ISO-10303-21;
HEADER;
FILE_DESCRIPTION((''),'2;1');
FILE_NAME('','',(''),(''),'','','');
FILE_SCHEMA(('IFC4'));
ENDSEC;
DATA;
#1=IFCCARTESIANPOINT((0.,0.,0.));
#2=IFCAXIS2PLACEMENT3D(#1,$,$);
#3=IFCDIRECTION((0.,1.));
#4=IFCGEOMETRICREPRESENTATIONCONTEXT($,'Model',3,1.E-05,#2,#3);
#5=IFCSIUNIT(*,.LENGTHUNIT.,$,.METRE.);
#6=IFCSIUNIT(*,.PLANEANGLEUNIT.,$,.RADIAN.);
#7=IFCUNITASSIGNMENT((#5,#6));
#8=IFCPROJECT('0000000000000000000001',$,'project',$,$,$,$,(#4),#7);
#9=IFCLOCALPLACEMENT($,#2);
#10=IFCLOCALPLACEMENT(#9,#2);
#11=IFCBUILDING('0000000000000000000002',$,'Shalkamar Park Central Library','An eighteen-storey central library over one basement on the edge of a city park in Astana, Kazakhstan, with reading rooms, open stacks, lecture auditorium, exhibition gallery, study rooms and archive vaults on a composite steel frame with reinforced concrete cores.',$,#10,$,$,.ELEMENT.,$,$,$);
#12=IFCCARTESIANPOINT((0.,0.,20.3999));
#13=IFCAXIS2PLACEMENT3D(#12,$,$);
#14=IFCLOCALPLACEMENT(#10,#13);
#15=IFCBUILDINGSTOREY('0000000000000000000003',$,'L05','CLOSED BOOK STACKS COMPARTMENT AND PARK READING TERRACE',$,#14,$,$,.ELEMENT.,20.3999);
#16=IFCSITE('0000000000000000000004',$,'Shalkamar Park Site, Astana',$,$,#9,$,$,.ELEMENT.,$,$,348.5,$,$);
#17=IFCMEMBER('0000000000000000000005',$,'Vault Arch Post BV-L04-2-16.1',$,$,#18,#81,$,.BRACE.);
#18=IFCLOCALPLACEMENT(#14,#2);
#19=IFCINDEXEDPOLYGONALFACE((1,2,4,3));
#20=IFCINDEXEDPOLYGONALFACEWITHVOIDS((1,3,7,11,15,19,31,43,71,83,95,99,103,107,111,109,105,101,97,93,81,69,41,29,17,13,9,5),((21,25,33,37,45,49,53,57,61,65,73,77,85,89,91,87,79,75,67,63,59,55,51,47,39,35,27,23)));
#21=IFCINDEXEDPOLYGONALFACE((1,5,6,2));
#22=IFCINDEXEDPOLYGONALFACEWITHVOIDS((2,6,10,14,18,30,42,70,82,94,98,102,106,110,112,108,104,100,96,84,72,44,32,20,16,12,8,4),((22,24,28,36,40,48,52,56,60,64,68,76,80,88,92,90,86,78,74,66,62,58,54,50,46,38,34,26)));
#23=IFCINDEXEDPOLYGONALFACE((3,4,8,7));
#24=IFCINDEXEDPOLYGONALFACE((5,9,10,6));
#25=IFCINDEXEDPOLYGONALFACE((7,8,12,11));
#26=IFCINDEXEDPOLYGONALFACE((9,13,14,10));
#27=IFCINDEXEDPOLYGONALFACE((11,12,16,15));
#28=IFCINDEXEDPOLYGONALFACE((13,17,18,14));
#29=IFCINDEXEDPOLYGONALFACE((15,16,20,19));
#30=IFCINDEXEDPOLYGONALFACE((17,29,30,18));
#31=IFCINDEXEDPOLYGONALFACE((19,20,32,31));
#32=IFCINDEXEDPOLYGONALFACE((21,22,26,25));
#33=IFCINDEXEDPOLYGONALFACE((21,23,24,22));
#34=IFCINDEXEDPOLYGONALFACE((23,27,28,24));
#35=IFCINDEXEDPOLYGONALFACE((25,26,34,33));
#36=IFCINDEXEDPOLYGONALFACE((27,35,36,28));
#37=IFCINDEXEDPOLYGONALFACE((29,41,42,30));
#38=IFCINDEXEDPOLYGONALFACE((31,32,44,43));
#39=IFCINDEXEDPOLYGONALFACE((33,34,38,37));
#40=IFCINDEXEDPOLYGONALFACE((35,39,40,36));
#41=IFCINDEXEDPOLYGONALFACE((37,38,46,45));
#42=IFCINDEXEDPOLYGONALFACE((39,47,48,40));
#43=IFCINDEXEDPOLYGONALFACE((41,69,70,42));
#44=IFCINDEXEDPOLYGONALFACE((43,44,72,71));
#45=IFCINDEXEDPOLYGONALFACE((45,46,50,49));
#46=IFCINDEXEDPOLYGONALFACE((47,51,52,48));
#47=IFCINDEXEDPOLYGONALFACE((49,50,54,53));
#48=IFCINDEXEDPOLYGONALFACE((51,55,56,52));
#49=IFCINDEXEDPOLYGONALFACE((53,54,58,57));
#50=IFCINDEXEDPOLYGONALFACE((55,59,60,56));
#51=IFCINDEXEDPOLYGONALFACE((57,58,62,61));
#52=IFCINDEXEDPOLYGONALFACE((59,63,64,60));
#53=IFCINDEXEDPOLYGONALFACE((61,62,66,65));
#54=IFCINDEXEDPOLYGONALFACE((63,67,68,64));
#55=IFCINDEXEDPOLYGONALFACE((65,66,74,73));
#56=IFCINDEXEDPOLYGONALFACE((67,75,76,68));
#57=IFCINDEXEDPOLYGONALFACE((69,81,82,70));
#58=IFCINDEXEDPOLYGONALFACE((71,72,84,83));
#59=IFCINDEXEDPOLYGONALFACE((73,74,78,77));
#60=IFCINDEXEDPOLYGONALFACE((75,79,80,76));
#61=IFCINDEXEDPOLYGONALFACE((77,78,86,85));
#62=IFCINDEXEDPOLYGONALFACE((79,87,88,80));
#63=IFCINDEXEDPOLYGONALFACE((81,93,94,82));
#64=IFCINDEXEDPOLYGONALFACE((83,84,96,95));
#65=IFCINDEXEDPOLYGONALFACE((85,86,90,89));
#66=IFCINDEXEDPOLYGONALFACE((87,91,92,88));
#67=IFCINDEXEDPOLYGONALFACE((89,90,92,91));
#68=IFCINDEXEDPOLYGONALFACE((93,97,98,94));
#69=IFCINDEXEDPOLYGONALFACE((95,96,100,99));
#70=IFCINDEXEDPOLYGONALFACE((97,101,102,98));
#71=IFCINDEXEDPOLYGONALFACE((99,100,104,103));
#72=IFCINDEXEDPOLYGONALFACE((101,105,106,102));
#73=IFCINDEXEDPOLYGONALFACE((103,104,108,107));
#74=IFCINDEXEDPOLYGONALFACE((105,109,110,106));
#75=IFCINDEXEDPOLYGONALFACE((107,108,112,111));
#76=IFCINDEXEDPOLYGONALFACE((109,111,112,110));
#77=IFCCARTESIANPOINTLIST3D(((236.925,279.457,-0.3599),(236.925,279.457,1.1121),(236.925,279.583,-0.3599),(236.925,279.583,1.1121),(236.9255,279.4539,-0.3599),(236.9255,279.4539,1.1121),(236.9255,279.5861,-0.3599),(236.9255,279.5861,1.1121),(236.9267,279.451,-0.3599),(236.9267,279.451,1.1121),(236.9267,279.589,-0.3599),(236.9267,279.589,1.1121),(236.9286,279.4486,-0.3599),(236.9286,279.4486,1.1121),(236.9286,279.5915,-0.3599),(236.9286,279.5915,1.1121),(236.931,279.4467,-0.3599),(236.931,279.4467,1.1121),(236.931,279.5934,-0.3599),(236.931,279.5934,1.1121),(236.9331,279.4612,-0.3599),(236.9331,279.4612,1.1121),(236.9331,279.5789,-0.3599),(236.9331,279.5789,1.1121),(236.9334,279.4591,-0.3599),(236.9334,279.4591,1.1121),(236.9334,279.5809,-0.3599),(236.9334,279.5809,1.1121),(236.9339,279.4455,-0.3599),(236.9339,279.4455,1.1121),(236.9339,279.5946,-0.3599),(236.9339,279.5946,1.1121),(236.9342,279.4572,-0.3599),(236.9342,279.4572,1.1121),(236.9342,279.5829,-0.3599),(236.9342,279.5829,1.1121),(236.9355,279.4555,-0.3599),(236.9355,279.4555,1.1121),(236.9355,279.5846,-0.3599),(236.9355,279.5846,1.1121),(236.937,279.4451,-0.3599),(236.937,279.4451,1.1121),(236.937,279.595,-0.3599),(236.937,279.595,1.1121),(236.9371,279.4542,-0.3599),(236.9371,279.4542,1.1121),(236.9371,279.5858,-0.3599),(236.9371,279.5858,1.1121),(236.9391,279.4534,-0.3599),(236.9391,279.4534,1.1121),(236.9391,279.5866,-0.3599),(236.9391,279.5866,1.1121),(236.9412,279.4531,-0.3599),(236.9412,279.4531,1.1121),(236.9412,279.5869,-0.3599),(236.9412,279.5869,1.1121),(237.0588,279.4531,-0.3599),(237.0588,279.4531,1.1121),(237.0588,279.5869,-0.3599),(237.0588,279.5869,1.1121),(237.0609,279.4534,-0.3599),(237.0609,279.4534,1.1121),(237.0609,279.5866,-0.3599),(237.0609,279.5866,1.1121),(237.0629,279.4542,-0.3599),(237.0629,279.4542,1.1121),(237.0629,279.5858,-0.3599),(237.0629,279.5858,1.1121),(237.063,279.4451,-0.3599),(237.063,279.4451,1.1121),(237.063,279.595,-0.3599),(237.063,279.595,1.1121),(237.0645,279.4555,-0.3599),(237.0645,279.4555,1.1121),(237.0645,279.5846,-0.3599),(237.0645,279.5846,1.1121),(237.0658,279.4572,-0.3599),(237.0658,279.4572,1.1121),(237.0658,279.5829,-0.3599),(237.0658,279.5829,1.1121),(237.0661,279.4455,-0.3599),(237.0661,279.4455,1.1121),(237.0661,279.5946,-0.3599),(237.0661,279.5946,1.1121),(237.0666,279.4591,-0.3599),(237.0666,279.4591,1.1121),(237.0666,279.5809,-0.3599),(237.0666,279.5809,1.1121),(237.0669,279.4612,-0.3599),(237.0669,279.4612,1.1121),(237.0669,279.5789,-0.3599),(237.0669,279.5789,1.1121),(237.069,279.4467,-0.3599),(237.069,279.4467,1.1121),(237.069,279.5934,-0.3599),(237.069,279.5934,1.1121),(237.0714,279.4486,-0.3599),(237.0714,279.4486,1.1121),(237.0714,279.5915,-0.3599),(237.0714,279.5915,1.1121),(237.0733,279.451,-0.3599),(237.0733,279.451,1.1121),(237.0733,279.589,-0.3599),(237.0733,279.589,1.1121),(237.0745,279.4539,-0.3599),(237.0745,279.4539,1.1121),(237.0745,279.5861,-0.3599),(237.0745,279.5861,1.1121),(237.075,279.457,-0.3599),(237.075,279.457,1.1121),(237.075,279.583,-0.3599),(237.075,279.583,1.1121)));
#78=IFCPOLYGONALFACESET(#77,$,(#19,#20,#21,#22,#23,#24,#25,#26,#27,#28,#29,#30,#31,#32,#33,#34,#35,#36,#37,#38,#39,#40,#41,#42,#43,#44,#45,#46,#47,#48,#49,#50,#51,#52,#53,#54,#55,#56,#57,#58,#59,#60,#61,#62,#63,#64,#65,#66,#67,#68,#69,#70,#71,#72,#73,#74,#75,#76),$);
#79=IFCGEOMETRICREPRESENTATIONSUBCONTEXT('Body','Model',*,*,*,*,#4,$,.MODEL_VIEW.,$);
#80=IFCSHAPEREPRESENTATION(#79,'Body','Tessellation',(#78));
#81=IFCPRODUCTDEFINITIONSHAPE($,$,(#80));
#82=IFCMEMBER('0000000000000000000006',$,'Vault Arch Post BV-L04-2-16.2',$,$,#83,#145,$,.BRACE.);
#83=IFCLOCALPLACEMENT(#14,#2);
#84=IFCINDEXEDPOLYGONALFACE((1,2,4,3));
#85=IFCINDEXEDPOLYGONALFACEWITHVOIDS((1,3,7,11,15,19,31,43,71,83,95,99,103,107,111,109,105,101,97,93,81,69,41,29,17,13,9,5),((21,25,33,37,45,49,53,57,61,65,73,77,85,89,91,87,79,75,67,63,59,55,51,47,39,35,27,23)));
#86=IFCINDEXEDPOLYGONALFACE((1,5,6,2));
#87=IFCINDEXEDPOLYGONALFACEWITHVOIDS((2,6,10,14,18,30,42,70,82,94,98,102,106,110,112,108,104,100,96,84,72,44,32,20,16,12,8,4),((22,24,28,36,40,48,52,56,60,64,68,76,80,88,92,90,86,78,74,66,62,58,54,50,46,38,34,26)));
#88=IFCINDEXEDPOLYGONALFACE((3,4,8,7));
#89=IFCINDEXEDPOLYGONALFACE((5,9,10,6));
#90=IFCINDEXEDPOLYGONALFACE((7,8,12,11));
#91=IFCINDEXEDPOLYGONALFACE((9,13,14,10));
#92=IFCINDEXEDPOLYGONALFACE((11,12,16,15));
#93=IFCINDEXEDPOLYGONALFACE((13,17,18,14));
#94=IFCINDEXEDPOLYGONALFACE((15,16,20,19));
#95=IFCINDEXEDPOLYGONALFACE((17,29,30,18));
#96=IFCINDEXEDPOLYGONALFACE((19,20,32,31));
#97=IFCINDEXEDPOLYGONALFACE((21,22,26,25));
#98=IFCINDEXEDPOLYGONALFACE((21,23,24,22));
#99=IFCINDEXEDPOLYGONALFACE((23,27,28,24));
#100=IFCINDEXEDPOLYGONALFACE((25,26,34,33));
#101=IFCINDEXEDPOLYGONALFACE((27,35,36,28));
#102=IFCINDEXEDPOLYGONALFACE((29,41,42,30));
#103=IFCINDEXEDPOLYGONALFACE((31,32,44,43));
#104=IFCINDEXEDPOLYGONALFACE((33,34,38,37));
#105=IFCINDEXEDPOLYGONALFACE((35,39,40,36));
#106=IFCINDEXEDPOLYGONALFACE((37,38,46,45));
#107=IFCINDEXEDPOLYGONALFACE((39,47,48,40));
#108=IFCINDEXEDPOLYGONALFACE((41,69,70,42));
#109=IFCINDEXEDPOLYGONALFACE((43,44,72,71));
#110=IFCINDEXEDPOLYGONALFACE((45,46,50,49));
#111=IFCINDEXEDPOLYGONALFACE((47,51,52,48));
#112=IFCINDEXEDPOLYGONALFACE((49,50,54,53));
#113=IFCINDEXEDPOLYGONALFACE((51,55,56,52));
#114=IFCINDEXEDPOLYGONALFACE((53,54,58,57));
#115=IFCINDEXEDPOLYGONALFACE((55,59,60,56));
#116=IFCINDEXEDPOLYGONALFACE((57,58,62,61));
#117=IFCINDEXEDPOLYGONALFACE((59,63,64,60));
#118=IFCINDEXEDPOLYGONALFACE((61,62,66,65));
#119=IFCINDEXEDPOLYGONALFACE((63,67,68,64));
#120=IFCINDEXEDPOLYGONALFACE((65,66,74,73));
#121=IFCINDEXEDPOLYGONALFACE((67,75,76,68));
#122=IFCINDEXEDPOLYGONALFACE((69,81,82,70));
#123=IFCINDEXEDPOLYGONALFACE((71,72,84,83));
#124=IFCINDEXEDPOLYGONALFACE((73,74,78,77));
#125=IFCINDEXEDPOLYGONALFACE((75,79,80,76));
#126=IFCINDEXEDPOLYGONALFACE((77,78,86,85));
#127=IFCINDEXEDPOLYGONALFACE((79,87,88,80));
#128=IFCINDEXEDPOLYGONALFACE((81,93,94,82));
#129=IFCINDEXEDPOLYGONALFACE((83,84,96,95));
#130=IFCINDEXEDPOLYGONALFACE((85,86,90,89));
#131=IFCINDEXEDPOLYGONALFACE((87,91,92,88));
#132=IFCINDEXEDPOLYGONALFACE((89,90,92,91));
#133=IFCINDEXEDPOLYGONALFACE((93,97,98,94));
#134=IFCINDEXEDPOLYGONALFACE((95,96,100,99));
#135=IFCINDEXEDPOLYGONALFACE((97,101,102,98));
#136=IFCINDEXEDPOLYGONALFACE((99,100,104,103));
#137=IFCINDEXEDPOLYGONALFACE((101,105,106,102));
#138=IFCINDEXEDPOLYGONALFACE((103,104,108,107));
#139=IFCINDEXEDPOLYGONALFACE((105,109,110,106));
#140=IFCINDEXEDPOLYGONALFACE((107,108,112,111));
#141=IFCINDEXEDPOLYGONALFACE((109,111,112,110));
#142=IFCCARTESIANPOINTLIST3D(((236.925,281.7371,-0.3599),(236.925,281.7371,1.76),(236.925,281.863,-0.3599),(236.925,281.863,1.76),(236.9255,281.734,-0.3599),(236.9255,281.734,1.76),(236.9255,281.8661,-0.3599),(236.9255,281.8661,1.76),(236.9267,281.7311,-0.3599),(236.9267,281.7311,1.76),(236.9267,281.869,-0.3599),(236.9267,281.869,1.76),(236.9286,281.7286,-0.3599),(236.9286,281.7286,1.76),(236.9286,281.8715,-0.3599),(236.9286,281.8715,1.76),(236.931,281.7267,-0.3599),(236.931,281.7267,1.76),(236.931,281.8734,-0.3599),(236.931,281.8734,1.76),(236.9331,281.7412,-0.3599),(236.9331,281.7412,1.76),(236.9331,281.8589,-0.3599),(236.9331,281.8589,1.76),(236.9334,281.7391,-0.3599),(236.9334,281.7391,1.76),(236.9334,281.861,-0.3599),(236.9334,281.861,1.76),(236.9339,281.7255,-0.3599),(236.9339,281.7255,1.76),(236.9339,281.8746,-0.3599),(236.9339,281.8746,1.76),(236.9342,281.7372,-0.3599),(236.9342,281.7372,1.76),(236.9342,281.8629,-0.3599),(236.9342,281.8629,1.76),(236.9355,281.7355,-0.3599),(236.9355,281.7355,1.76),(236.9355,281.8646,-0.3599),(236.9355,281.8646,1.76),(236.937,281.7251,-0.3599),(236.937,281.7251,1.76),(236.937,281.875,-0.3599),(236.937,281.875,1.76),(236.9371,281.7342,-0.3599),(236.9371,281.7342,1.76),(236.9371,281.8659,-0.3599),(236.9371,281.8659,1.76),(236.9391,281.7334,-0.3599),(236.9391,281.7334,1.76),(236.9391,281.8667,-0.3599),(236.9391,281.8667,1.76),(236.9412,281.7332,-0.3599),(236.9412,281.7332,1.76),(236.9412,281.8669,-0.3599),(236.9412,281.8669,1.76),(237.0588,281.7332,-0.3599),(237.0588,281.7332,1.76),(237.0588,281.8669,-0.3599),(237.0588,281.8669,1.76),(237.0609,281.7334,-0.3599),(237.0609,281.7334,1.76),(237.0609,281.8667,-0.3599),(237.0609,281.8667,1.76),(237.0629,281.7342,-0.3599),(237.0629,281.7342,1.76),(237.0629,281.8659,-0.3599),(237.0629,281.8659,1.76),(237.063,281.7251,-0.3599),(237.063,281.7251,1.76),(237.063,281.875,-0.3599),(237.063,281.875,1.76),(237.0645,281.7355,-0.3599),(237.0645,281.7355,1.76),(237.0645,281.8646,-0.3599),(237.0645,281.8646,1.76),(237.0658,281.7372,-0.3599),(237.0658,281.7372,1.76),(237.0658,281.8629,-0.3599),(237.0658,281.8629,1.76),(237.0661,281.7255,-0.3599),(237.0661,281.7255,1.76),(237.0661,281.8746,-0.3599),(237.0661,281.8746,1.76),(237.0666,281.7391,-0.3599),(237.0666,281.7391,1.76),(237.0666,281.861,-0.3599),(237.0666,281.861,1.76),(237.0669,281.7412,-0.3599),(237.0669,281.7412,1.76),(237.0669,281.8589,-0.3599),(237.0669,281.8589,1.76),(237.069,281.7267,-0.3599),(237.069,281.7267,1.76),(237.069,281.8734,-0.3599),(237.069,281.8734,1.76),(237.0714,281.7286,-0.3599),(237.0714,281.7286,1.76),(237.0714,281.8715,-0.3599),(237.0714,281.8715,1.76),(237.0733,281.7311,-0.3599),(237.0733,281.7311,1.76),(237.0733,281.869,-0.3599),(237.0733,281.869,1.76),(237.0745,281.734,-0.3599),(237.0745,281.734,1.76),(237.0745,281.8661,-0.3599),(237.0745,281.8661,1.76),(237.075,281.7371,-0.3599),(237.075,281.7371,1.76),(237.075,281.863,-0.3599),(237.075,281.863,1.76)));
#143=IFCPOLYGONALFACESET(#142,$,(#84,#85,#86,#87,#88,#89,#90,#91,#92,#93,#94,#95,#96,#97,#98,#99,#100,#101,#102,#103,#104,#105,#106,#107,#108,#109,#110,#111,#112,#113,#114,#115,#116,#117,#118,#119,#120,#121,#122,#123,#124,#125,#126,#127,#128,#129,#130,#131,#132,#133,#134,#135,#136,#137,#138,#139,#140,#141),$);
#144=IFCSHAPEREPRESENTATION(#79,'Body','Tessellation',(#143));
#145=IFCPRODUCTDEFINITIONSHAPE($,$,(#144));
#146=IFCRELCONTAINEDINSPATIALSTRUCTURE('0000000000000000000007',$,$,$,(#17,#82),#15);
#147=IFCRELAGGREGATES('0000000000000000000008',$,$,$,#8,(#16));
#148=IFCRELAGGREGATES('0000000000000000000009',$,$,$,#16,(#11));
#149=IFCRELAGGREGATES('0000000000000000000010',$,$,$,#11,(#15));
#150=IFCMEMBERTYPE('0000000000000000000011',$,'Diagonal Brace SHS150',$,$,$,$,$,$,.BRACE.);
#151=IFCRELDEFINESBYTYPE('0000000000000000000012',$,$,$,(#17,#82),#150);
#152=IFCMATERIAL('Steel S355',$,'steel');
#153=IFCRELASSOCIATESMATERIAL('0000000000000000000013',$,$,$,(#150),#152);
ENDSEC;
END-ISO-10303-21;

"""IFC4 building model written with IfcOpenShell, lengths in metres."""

from ifc_helpers import new_model, si_unit, direction, frame, origin, origin_2d, place, context, subcontext, project, spatial, hollow_rectangle, extrude, material, material_profile, profile_set, type_object, element, save


model = new_model("IFC4")

# Units and contexts
model_context = context("Model", 3, precision=1e-05, world=origin(), true_north=direction((0.0, 1.0)))
body_context = subcontext(model_context, "Body", "Model", "MODEL_VIEW")
ifc_project = project(units=[si_unit("LENGTHUNIT", "METRE"), si_unit("PLANEANGLEUNIT", "RADIAN")], contexts=[model_context])

# Site, building, storey
site_placement = place(None, origin())
site = spatial("IfcSite", under=ifc_project, at=site_placement, Name="Shalkamar Park Site, Astana", CompositionType="ELEMENT", RefElevation=348.5)
building_placement = place(site_placement, origin())
building = spatial("IfcBuilding", under=site, at=building_placement, Name="Shalkamar Park Central Library", Description="An eighteen-storey central library over one basement on the edge of a city park in Astana, Kazakhstan, with reading rooms, open stacks, lecture auditorium, exhibition gallery, study rooms and archive vaults on a composite steel frame with reinforced concrete cores.", CompositionType="ELEMENT")
storey_placement = place(building_placement, frame((0.0, 0.0, 20.3999)))
storey = spatial("IfcBuildingStorey", under=building, at=storey_placement, Name="L05", Description="CLOSED BOOK STACKS COMPARTMENT AND PARK READING TERRACE", CompositionType="ELEMENT", Elevation=20.3999)

# Members
ifc_material = material(Name="Steel S355", Category="steel")
ifc_material_profile_1 = material_profile(ifc_material, hollow_rectangle(XDim=0.1499, YDim=0.1499, WallThickness=0.0081, InnerFilletRadius=0.0081, OuterFilletRadius=0.012, at=origin_2d()), Name="SHS 150x150x8")
ifc_profile_set_1 = profile_set([ifc_material_profile_1], Name="Steel S355")
member_type_1 = type_object("IfcMemberType", Name="Diagonal Brace SHS150", PredefinedType="BRACE", material=ifc_profile_set_1)
member_1_placement = place(storey_placement, frame((237.0, 279.52, -0.3599), z_axis=(0.0, 0.0, 1.0), x_axis=(1.0, 0.0, 0.0)))
element("IfcMember", 1, at=member_1_placement, inside=storey, type_object=member_type_1, Name="Vault Arch Post BV-L04-2-16.1", PredefinedType="BRACE", context=body_context, shape_type="SweptSolid", body=[
    extrude(hollow_rectangle(XDim=0.1499, YDim=0.1499, WallThickness=0.0081, InnerFilletRadius=0.0081, OuterFilletRadius=0.012, at=origin_2d()), origin(), (0.0, 0.0, 1.0), 1.4719),
])
member_2_placement = place(storey_placement, frame((237.0, 281.8, -0.3599), z_axis=(0.0, 0.0, 1.0), x_axis=(1.0, 0.0, 0.0)))
element("IfcMember", 2, at=member_2_placement, inside=storey, type_object=member_type_1, Name="Vault Arch Post BV-L04-2-16.2", PredefinedType="BRACE", context=body_context, shape_type="SweptSolid", body=[
    extrude(hollow_rectangle(XDim=0.1499, YDim=0.1499, WallThickness=0.0081, InnerFilletRadius=0.0081, OuterFilletRadius=0.012, at=origin_2d()), origin(), (0.0, 0.0, 1.0), 2.1199),
])

save(model, "model.ifc")
